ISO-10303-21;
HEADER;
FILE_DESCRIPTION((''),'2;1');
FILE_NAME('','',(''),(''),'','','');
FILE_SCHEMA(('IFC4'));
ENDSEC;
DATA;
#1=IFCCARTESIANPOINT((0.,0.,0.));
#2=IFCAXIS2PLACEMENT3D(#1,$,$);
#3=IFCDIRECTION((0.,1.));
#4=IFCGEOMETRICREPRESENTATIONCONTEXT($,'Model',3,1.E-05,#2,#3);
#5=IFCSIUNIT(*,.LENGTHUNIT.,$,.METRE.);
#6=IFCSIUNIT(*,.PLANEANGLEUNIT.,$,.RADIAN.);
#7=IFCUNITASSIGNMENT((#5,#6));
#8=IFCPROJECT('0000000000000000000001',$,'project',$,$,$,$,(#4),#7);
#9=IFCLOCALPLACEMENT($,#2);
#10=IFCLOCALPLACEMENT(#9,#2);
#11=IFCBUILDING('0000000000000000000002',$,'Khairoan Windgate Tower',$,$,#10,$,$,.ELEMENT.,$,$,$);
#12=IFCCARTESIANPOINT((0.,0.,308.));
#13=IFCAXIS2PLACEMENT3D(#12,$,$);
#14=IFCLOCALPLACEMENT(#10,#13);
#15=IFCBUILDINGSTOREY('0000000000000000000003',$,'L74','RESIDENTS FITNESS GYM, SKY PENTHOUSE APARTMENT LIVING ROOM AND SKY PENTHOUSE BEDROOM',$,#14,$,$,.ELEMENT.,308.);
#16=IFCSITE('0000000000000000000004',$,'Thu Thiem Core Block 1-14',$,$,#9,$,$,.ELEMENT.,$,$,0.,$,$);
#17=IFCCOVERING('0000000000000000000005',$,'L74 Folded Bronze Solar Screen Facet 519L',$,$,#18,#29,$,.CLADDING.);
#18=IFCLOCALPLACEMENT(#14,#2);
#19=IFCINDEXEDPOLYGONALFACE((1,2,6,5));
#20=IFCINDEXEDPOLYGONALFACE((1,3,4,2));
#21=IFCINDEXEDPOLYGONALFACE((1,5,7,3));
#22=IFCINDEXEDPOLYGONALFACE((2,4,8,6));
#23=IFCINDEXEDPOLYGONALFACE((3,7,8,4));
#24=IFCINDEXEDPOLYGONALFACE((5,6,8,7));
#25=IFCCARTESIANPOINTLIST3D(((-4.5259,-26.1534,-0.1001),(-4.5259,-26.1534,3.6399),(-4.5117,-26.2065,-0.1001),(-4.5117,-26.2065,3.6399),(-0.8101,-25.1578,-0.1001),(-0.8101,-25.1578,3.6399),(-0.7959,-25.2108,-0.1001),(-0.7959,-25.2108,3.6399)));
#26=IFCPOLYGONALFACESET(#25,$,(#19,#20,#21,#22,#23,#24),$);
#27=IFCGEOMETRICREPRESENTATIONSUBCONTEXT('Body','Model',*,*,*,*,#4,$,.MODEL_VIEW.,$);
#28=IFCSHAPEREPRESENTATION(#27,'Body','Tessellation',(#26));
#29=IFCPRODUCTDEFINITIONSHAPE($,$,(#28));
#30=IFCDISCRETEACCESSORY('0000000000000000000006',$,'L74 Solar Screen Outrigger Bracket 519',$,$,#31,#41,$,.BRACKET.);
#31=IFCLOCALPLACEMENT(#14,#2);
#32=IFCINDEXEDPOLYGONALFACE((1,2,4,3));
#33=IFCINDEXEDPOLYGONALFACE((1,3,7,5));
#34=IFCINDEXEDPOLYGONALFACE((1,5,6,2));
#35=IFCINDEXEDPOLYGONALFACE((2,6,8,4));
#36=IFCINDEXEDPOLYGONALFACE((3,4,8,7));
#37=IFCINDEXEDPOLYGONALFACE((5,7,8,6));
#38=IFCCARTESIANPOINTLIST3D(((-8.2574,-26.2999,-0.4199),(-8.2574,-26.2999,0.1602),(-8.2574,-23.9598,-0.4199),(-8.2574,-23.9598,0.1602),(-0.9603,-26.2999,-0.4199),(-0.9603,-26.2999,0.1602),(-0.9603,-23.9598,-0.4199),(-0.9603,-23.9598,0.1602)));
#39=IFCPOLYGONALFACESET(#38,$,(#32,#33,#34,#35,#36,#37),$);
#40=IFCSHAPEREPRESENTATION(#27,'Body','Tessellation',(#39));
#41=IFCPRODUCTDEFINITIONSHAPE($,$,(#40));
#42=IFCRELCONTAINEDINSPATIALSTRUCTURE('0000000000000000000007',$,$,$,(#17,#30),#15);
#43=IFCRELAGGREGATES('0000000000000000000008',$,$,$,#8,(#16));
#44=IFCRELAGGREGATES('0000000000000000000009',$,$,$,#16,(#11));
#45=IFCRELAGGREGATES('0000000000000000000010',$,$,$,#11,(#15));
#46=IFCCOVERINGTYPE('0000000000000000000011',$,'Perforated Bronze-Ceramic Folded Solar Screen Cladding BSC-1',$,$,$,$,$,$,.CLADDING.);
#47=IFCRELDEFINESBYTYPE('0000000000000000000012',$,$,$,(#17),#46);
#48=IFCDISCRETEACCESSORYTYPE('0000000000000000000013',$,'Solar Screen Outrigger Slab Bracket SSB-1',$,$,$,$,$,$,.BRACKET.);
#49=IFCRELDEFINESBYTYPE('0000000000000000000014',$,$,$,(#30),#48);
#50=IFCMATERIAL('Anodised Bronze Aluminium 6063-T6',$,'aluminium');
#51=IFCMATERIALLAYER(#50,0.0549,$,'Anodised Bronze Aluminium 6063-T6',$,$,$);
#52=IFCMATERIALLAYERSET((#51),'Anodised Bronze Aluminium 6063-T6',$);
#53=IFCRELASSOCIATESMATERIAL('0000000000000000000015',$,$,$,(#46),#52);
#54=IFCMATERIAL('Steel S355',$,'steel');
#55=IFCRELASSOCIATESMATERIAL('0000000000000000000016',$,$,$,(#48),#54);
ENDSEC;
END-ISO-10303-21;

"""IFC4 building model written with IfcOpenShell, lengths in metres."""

from ifc_helpers import new_model, si_unit, direction, frame, origin, origin_2d, place, context, subcontext, project, spatial, rectangle, extrude, material, layer, layer_set, type_object, element, save


model = new_model("IFC4")

# Units and contexts
model_context = context("Model", 3, precision=1e-05, world=origin(), true_north=direction((0.0, 1.0)))
body_context = subcontext(model_context, "Body", "Model", "MODEL_VIEW")
ifc_project = project(units=[si_unit("LENGTHUNIT", "METRE"), si_unit("PLANEANGLEUNIT", "RADIAN")], contexts=[model_context])

# Site, building, storey
site_placement = place(None, origin())
site = spatial("IfcSite", under=ifc_project, at=site_placement, Name="Thu Thiem Core Block 1-14", CompositionType="ELEMENT", RefElevation=0.0)
building_placement = place(site_placement, origin())
building = spatial("IfcBuilding", under=site, at=building_placement, Name="Khairoan Windgate Tower", CompositionType="ELEMENT")
storey_placement = place(building_placement, frame((0.0, 0.0, 308.0)))
storey = spatial("IfcBuildingStorey", under=building, at=storey_placement, Name="L74", Description="RESIDENTS FITNESS GYM, SKY PENTHOUSE APARTMENT LIVING ROOM AND SKY PENTHOUSE BEDROOM", CompositionType="ELEMENT", Elevation=308.0)

# Covering
ifc_material_1 = material(Name="Anodised Bronze Aluminium 6063-T6", Category="aluminium")
ifc_layer_1 = layer(ifc_material_1, 0.0549, Name="Anodised Bronze Aluminium 6063-T6")
ifc_layer_set_1 = layer_set([ifc_layer_1], Name="Anodised Bronze Aluminium 6063-T6")
covering_type = type_object("IfcCoveringType", Name="Perforated Bronze-Ceramic Folded Solar Screen Cladding BSC-1", PredefinedType="CLADDING", material=ifc_layer_set_1)
covering_placement = place(storey_placement, frame((-2.6609, -25.6821, -0.1001), z_axis=(0.0, 0.0, 1.0), x_axis=(-0.965926, -0.258819, 0.0)))
element("IfcCovering", 1, at=covering_placement, inside=storey, type_object=covering_type, Name="L74 Folded Bronze Solar Screen Facet 519L", PredefinedType="CLADDING", context=body_context, shape_type="SweptSolid", body=[
    extrude(rectangle(XDim=3.8469, YDim=0.0549, at=origin_2d()), origin(), (0.0, 0.0, 1.0), 3.74),
])

# Discrete accessory
ifc_material_2 = material(Name="Steel S355", Category="steel")
discrete_accessory_type = type_object("IfcDiscreteAccessoryType", Name="Solar Screen Outrigger Slab Bracket SSB-1", PredefinedType="BRACKET", material=ifc_material_2)
discrete_accessory_placement = place(storey_placement, frame((-4.6089, -25.1299, -0.4199), z_axis=(0.0, 0.0, 1.0), x_axis=(-1.0, 0.0, 0.0)))
element("IfcDiscreteAccessory", 2, at=discrete_accessory_placement, inside=storey, type_object=discrete_accessory_type, Name="L74 Solar Screen Outrigger Bracket 519", PredefinedType="BRACKET", context=body_context, shape_type="SweptSolid", body=[
    extrude(rectangle(XDim=7.2971, YDim=2.3401, at=origin_2d()), origin(), (0.0, 0.0, 1.0), 0.5801),
])

save(model, "model.ifc")
